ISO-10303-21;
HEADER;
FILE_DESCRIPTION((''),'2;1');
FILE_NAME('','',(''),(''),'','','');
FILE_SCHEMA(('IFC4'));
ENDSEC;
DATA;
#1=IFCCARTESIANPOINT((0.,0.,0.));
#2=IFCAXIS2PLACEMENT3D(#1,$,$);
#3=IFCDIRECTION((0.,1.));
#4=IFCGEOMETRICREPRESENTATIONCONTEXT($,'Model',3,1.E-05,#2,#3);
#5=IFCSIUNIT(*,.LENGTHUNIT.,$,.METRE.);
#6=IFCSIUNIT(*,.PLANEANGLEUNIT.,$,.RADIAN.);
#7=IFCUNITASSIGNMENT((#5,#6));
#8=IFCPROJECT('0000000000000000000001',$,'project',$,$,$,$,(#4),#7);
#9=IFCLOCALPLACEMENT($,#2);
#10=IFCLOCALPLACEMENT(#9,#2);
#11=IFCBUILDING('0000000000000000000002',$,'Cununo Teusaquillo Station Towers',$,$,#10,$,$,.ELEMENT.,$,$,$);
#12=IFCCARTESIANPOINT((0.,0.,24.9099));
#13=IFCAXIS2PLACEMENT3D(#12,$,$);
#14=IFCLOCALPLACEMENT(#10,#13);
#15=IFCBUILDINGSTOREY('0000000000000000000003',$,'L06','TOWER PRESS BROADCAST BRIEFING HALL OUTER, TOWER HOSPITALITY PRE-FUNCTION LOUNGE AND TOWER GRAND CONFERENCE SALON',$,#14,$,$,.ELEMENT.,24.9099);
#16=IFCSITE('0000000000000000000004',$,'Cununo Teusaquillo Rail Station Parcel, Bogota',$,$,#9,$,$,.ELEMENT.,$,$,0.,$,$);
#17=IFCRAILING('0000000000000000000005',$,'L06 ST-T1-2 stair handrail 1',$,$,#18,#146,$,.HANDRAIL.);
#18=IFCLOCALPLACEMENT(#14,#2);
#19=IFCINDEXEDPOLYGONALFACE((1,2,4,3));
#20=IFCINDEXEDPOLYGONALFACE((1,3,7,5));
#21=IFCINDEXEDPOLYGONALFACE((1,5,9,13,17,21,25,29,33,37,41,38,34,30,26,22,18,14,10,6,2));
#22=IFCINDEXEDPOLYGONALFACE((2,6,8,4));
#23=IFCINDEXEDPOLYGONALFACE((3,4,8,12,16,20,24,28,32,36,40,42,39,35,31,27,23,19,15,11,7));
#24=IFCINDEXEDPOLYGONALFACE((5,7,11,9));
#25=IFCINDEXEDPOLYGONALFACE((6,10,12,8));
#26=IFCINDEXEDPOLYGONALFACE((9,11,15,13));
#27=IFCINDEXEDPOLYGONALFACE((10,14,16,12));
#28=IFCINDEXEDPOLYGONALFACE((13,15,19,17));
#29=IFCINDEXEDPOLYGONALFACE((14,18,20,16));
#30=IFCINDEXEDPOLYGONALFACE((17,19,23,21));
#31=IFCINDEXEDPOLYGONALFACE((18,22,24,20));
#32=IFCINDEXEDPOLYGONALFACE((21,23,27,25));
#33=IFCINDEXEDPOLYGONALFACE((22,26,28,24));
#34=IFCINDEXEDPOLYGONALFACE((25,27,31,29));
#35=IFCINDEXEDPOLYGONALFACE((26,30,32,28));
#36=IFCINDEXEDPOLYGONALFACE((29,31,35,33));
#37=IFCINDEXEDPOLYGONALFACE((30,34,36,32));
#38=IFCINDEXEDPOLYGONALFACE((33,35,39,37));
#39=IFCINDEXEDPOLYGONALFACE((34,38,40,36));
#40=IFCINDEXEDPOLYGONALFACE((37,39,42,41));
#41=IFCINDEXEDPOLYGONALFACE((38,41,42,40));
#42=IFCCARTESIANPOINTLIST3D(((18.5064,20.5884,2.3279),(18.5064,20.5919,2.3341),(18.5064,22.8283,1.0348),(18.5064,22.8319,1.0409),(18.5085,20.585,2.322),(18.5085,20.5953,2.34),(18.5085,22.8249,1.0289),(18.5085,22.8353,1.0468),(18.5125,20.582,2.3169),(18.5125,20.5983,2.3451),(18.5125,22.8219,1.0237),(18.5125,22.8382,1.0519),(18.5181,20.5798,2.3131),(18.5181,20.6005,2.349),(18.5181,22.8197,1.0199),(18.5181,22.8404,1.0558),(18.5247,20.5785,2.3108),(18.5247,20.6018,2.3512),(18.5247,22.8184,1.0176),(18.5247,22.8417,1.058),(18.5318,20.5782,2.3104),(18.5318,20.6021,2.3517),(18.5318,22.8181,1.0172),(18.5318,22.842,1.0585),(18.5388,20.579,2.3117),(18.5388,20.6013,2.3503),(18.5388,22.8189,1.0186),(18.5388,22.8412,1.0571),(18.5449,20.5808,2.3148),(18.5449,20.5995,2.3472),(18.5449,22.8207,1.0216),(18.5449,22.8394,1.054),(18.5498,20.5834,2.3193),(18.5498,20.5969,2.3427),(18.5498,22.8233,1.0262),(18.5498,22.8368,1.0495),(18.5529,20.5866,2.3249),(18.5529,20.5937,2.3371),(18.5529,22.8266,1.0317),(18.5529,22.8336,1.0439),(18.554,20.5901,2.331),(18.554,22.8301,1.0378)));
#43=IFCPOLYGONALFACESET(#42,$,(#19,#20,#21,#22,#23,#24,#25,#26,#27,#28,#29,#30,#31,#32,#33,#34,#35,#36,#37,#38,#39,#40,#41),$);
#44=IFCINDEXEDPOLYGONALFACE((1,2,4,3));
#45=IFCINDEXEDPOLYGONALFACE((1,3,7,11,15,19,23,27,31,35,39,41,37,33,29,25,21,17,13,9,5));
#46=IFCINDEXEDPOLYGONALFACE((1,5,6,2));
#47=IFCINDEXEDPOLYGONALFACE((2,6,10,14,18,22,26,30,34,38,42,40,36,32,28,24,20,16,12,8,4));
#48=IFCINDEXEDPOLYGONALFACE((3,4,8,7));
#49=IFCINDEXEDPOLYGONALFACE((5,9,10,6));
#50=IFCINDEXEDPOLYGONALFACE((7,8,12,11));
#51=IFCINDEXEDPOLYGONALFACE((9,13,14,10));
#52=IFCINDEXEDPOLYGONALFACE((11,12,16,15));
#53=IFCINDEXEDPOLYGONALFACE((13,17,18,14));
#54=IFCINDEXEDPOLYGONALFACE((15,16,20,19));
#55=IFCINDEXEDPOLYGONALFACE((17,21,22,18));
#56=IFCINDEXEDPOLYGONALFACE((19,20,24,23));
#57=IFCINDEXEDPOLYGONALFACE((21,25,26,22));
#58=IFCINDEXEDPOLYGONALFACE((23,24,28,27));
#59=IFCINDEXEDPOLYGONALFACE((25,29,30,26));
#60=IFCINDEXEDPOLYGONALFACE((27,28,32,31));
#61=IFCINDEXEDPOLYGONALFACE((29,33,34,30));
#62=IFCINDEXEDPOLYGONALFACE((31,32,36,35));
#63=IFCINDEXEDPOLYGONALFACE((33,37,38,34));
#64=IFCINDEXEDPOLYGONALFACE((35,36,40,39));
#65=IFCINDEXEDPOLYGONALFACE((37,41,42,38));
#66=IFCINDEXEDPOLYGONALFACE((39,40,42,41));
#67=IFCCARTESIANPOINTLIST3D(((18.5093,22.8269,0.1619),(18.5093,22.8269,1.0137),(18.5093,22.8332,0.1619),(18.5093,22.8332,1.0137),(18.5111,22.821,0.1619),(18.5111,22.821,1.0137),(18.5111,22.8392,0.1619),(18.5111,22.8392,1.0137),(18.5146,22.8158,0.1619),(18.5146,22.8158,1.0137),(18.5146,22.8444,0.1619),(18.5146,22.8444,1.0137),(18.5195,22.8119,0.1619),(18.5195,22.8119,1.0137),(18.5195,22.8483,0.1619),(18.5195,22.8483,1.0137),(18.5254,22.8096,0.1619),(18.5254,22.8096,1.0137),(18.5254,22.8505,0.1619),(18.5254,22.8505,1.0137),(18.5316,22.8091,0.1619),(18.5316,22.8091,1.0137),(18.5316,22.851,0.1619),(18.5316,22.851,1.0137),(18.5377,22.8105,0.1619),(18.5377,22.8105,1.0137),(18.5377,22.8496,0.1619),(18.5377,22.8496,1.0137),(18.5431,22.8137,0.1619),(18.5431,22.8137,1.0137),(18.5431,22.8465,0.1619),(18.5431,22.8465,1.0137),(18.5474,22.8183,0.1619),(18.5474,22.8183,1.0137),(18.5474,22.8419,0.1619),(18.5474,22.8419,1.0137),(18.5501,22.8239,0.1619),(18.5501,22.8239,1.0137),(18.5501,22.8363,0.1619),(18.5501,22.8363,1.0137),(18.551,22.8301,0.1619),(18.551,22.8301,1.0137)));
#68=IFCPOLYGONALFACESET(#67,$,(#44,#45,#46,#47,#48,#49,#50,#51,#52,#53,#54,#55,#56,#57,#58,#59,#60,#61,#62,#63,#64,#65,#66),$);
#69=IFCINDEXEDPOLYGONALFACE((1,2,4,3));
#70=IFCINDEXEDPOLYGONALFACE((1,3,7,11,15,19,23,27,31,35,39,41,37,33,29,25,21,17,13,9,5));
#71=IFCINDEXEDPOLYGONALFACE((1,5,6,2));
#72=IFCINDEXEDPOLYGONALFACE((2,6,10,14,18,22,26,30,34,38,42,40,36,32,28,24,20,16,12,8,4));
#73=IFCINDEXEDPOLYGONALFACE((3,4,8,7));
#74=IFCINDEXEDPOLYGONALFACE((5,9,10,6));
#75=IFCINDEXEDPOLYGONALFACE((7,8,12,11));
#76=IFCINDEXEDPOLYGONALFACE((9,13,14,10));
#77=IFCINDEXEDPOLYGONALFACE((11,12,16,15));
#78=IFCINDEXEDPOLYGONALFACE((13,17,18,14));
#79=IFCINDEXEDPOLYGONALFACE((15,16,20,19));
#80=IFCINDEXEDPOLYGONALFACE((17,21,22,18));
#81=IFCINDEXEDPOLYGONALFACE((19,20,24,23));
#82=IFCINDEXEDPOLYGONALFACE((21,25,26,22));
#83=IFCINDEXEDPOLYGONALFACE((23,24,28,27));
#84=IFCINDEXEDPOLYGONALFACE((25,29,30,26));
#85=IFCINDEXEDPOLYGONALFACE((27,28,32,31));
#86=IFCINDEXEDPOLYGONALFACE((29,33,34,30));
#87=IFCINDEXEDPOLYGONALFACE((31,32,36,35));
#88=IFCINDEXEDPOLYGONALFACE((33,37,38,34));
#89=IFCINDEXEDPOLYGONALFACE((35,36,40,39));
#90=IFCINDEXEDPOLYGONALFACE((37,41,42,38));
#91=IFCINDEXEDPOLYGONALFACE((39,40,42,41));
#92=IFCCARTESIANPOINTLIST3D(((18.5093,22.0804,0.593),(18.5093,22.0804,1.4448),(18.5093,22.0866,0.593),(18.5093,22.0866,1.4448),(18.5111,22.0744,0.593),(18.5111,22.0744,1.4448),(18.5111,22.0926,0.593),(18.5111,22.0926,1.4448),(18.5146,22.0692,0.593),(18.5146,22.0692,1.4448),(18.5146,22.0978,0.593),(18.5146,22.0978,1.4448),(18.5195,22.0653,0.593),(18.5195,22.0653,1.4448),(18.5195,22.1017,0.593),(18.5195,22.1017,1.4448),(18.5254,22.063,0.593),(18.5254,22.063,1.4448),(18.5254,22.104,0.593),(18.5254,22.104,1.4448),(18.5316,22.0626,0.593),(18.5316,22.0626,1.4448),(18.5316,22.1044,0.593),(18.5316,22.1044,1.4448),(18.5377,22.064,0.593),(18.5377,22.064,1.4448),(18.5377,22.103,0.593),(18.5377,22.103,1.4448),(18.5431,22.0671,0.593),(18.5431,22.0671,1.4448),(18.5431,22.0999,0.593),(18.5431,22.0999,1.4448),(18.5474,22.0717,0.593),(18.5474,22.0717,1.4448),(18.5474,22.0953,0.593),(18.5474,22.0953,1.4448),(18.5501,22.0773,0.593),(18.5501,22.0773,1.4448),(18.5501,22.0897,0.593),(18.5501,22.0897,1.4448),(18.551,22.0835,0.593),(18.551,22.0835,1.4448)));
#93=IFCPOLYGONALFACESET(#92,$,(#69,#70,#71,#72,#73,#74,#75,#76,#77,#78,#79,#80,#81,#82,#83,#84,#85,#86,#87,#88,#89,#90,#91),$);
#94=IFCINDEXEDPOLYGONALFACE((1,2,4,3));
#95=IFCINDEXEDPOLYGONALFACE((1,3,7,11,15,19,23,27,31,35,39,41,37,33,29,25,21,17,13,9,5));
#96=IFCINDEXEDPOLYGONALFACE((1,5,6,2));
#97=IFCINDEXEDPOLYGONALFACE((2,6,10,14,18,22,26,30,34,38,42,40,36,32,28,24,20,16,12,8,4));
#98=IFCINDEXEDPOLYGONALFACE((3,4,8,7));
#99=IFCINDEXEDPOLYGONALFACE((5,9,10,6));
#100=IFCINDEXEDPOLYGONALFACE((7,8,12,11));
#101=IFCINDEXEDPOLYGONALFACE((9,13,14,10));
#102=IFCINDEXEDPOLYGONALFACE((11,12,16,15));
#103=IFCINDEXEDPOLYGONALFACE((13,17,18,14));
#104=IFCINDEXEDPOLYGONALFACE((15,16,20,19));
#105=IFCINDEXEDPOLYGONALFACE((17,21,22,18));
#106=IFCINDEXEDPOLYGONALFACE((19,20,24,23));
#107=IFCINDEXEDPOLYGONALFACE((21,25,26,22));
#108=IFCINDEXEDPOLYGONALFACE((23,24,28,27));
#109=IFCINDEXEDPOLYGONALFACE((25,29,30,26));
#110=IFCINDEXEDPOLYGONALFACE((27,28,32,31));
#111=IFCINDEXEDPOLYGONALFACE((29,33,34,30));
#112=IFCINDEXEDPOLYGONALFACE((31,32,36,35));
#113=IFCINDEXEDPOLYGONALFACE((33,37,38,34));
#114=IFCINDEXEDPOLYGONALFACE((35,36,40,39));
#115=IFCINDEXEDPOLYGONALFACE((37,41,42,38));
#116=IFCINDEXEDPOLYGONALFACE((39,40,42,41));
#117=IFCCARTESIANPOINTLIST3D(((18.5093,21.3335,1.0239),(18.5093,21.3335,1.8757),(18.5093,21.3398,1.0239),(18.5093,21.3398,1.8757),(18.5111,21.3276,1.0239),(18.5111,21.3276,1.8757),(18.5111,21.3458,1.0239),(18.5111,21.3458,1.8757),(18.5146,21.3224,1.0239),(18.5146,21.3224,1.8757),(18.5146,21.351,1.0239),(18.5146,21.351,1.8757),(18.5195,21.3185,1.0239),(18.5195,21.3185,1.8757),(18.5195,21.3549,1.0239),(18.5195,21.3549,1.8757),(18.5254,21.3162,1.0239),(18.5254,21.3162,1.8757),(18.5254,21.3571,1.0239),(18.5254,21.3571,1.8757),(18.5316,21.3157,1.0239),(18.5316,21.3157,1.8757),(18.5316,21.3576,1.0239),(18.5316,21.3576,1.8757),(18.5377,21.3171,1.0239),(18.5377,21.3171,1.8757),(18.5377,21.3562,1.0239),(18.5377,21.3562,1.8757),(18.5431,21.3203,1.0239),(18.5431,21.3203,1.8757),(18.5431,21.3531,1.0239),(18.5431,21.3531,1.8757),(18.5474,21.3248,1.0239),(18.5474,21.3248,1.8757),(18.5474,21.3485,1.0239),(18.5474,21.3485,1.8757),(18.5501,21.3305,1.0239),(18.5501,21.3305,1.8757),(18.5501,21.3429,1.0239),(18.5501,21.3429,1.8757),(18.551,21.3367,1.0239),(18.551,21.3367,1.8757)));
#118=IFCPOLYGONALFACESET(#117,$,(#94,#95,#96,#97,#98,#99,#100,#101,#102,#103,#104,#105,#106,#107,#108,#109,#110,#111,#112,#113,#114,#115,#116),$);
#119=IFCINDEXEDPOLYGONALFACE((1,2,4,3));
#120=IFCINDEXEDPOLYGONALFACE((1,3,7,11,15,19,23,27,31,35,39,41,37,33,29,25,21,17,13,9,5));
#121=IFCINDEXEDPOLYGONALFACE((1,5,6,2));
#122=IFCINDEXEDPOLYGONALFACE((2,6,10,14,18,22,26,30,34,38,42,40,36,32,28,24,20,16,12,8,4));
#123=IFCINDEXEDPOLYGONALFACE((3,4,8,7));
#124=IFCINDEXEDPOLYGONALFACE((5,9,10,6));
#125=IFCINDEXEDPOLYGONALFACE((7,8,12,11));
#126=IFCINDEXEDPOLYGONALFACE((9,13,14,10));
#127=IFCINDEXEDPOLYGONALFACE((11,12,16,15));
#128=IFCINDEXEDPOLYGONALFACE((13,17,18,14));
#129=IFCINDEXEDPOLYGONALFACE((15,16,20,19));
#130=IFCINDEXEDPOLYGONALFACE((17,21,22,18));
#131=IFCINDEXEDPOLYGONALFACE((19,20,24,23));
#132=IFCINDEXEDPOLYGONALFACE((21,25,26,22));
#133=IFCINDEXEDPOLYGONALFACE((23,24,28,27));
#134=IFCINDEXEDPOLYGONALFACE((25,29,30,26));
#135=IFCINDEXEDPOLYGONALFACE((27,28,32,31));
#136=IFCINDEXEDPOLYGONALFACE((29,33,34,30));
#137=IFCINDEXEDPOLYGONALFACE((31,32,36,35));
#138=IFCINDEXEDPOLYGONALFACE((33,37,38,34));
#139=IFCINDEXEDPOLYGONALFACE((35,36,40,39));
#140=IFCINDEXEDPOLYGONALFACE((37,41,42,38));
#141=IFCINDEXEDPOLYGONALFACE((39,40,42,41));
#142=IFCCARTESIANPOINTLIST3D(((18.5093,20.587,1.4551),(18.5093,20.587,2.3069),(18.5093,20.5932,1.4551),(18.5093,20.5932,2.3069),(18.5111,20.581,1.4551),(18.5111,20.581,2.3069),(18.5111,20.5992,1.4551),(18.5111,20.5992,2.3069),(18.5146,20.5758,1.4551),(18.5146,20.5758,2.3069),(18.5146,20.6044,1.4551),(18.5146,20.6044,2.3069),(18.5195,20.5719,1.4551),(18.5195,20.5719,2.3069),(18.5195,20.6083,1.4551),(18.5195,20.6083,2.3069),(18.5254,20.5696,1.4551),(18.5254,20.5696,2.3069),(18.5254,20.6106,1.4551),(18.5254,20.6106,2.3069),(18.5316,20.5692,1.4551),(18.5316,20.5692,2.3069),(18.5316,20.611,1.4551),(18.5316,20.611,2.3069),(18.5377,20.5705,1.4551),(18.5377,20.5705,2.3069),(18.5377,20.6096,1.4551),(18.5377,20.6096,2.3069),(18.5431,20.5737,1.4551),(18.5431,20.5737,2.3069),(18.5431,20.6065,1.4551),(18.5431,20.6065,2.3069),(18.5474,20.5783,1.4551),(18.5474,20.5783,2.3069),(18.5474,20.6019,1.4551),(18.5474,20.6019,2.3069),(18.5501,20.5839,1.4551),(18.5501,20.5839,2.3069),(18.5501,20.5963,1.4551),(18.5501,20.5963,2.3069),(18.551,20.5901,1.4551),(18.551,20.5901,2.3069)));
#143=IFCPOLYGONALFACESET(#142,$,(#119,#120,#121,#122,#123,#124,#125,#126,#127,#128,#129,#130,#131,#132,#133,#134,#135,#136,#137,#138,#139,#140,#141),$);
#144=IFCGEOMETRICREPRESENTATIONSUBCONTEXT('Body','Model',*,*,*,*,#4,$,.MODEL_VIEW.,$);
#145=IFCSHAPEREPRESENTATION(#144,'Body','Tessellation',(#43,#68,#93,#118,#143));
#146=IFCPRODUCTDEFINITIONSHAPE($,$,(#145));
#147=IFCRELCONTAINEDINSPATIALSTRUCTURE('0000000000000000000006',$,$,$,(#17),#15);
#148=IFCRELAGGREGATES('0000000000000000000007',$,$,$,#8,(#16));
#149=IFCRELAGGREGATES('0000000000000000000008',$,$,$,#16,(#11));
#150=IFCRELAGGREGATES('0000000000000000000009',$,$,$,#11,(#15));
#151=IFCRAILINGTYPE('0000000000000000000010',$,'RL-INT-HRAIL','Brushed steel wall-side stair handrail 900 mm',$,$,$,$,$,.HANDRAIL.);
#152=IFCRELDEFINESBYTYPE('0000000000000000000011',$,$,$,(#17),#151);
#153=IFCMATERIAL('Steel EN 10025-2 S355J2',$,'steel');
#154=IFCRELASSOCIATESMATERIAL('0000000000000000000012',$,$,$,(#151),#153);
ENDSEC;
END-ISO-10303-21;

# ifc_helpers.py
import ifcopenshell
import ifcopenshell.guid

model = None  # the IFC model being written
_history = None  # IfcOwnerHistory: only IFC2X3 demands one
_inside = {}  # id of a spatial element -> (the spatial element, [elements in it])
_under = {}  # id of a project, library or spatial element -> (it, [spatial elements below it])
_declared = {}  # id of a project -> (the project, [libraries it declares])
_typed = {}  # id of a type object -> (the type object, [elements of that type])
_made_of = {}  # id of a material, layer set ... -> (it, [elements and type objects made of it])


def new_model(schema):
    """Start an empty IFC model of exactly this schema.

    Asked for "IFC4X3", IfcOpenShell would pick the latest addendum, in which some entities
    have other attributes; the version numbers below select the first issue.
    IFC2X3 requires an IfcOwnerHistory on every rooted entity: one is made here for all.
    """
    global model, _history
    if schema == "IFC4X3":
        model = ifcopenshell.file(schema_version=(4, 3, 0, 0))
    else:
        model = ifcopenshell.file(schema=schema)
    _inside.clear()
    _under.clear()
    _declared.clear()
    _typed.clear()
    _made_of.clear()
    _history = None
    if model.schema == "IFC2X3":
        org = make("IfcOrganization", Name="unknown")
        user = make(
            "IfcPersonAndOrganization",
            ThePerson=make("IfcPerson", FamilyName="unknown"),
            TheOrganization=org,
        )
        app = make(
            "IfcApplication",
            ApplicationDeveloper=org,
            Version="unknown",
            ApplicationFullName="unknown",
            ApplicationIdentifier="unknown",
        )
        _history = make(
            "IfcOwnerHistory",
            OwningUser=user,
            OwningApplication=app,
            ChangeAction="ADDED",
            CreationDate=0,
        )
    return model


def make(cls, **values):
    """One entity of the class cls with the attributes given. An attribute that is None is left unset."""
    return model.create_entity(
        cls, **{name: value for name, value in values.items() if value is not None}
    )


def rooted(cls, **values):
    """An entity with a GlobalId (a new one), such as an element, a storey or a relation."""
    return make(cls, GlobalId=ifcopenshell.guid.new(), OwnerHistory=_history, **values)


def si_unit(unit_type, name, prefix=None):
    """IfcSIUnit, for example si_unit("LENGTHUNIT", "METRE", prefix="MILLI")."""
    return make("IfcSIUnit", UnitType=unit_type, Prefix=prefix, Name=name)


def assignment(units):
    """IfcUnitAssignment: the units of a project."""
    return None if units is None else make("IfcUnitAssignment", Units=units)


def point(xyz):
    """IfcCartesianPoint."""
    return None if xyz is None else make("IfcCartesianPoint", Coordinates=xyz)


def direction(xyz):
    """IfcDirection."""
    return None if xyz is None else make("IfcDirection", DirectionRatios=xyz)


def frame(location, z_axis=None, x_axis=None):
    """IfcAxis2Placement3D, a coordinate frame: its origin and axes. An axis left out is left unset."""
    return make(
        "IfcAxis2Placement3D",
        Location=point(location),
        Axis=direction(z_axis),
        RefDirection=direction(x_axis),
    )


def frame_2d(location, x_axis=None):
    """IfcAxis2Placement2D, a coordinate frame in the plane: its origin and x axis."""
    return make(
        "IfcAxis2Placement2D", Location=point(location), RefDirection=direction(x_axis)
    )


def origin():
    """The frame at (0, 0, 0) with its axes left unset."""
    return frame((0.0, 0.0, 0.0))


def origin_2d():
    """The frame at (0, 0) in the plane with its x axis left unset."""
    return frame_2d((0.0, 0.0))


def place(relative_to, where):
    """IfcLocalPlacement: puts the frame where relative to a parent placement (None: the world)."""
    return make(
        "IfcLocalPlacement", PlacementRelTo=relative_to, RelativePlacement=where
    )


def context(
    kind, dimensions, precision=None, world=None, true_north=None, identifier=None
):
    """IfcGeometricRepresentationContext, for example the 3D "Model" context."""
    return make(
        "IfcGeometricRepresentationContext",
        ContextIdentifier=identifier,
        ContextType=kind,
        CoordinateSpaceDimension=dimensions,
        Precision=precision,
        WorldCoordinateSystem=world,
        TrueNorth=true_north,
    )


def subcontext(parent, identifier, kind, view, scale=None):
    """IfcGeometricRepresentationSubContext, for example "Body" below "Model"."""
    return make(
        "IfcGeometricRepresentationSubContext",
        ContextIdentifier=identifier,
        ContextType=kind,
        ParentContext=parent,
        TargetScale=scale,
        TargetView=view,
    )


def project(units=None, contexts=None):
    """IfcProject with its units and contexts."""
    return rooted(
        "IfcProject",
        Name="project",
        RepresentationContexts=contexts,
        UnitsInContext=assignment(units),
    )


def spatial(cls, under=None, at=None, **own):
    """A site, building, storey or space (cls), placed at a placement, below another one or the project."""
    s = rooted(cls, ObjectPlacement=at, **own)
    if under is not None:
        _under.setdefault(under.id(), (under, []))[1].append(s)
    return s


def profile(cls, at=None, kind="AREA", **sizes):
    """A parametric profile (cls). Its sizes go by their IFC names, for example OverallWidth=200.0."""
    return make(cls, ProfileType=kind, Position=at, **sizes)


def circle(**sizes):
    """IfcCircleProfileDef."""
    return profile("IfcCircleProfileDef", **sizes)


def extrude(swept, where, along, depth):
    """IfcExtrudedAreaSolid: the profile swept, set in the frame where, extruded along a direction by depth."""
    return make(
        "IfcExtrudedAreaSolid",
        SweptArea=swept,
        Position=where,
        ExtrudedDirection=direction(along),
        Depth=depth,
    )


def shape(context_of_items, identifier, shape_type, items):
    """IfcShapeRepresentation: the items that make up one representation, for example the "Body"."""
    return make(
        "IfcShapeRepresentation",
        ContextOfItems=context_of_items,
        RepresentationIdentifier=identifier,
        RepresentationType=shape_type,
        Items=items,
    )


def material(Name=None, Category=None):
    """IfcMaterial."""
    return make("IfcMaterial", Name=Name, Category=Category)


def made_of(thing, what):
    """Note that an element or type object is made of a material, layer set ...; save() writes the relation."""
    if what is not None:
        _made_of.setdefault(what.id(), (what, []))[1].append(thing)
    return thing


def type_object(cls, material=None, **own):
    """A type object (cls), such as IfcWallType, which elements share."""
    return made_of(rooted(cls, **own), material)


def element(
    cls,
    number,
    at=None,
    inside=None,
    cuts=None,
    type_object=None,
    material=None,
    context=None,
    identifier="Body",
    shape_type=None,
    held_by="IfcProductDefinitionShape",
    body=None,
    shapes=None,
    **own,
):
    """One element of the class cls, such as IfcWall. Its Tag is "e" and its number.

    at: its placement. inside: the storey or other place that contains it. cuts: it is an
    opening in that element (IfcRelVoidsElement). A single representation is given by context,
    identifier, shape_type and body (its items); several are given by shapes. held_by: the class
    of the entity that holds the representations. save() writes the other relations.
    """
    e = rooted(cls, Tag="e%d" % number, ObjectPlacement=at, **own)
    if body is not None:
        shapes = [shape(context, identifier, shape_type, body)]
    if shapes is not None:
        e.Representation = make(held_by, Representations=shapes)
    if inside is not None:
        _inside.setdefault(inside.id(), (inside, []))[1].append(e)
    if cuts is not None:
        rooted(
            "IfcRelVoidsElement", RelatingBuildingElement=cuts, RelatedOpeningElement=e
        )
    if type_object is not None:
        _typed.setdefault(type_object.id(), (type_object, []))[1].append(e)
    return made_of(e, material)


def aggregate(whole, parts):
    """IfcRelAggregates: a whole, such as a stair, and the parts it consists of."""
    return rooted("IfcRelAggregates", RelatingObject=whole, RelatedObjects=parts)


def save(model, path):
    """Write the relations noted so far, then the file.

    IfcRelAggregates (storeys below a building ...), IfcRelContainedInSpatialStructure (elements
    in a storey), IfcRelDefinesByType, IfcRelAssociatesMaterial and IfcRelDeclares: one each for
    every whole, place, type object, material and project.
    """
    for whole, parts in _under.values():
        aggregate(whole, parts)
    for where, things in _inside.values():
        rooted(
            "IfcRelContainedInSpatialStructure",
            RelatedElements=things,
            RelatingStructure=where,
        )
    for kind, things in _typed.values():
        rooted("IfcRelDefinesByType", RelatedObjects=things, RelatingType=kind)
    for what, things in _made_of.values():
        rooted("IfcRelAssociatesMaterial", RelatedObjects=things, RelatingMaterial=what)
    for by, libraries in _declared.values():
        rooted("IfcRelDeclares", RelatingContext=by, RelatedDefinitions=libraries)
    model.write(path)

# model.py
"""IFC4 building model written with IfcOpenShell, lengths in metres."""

from ifc_helpers import new_model, si_unit, direction, frame, origin, origin_2d, place, context, subcontext, project, spatial, circle, extrude, material, type_object, element, save


model = new_model("IFC4")

# Units and contexts
model_context = context("Model", 3, precision=1e-05, world=origin(), true_north=direction((0.0, 1.0)))
body_context = subcontext(model_context, "Body", "Model", "MODEL_VIEW")
ifc_project = project(units=[si_unit("LENGTHUNIT", "METRE"), si_unit("PLANEANGLEUNIT", "RADIAN")], contexts=[model_context])

# Site, building, storey
site_placement = place(None, origin())
site = spatial("IfcSite", under=ifc_project, at=site_placement, Name="Cununo Teusaquillo Rail Station Parcel, Bogota", CompositionType="ELEMENT", RefElevation=0.0)
building_placement = place(site_placement, origin())
building = spatial("IfcBuilding", under=site, at=building_placement, Name="Cununo Teusaquillo Station Towers", CompositionType="ELEMENT")
storey_placement = place(building_placement, frame((0.0, 0.0, 24.9099)))
storey = spatial("IfcBuildingStorey", under=building, at=storey_placement, Name="L06", Description="TOWER PRESS BROADCAST BRIEFING HALL OUTER, TOWER HOSPITALITY PRE-FUNCTION LOUNGE AND TOWER GRAND CONFERENCE SALON", CompositionType="ELEMENT", Elevation=24.9099)

# Railing
ifc_material_1 = material(Name="Steel EN 10025-2 S355J2", Category="steel")
railing_type_1 = type_object("IfcRailingType", Name="RL-INT-HRAIL", Description="Brushed steel wall-side stair handrail 900 mm", PredefinedType="HANDRAIL", material=ifc_material_1)
railing_1_placement = place(storey_placement, frame((18.53, 22.8301, 0.1619)))
element("IfcRailing", 1, at=railing_1_placement, inside=storey, type_object=railing_type_1, Name="L06 ST-T1-2 stair handrail 1", PredefinedType="HANDRAIL", context=body_context, shape_type="SweptSolid", body=[
    extrude(circle(Radius=0.0239, at=origin_2d()), frame((0.0, 0.0, 0.876), z_axis=(0.0, -0.866033, 0.499987), x_axis=(1.0, 0.0, 0.0)), (0.0, 0.0, 1.0), 2.5864),
    extrude(circle(Radius=0.021, at=origin_2d()), origin(), (0.0, 0.0, 1.0), 0.8518),
    extrude(circle(Radius=0.021, at=origin_2d()), frame((0.0, -0.7466, 0.4312)), (0.0, 0.0, 1.0), 0.8518),
    extrude(circle(Radius=0.021, at=origin_2d()), frame((0.0, -1.4934, 0.8621)), (0.0, 0.0, 1.0), 0.8518),
    extrude(circle(Radius=0.021, at=origin_2d()), frame((0.0, -2.24, 1.2932)), (0.0, 0.0, 1.0), 0.8518),
])

save(model, "model.ifc")
